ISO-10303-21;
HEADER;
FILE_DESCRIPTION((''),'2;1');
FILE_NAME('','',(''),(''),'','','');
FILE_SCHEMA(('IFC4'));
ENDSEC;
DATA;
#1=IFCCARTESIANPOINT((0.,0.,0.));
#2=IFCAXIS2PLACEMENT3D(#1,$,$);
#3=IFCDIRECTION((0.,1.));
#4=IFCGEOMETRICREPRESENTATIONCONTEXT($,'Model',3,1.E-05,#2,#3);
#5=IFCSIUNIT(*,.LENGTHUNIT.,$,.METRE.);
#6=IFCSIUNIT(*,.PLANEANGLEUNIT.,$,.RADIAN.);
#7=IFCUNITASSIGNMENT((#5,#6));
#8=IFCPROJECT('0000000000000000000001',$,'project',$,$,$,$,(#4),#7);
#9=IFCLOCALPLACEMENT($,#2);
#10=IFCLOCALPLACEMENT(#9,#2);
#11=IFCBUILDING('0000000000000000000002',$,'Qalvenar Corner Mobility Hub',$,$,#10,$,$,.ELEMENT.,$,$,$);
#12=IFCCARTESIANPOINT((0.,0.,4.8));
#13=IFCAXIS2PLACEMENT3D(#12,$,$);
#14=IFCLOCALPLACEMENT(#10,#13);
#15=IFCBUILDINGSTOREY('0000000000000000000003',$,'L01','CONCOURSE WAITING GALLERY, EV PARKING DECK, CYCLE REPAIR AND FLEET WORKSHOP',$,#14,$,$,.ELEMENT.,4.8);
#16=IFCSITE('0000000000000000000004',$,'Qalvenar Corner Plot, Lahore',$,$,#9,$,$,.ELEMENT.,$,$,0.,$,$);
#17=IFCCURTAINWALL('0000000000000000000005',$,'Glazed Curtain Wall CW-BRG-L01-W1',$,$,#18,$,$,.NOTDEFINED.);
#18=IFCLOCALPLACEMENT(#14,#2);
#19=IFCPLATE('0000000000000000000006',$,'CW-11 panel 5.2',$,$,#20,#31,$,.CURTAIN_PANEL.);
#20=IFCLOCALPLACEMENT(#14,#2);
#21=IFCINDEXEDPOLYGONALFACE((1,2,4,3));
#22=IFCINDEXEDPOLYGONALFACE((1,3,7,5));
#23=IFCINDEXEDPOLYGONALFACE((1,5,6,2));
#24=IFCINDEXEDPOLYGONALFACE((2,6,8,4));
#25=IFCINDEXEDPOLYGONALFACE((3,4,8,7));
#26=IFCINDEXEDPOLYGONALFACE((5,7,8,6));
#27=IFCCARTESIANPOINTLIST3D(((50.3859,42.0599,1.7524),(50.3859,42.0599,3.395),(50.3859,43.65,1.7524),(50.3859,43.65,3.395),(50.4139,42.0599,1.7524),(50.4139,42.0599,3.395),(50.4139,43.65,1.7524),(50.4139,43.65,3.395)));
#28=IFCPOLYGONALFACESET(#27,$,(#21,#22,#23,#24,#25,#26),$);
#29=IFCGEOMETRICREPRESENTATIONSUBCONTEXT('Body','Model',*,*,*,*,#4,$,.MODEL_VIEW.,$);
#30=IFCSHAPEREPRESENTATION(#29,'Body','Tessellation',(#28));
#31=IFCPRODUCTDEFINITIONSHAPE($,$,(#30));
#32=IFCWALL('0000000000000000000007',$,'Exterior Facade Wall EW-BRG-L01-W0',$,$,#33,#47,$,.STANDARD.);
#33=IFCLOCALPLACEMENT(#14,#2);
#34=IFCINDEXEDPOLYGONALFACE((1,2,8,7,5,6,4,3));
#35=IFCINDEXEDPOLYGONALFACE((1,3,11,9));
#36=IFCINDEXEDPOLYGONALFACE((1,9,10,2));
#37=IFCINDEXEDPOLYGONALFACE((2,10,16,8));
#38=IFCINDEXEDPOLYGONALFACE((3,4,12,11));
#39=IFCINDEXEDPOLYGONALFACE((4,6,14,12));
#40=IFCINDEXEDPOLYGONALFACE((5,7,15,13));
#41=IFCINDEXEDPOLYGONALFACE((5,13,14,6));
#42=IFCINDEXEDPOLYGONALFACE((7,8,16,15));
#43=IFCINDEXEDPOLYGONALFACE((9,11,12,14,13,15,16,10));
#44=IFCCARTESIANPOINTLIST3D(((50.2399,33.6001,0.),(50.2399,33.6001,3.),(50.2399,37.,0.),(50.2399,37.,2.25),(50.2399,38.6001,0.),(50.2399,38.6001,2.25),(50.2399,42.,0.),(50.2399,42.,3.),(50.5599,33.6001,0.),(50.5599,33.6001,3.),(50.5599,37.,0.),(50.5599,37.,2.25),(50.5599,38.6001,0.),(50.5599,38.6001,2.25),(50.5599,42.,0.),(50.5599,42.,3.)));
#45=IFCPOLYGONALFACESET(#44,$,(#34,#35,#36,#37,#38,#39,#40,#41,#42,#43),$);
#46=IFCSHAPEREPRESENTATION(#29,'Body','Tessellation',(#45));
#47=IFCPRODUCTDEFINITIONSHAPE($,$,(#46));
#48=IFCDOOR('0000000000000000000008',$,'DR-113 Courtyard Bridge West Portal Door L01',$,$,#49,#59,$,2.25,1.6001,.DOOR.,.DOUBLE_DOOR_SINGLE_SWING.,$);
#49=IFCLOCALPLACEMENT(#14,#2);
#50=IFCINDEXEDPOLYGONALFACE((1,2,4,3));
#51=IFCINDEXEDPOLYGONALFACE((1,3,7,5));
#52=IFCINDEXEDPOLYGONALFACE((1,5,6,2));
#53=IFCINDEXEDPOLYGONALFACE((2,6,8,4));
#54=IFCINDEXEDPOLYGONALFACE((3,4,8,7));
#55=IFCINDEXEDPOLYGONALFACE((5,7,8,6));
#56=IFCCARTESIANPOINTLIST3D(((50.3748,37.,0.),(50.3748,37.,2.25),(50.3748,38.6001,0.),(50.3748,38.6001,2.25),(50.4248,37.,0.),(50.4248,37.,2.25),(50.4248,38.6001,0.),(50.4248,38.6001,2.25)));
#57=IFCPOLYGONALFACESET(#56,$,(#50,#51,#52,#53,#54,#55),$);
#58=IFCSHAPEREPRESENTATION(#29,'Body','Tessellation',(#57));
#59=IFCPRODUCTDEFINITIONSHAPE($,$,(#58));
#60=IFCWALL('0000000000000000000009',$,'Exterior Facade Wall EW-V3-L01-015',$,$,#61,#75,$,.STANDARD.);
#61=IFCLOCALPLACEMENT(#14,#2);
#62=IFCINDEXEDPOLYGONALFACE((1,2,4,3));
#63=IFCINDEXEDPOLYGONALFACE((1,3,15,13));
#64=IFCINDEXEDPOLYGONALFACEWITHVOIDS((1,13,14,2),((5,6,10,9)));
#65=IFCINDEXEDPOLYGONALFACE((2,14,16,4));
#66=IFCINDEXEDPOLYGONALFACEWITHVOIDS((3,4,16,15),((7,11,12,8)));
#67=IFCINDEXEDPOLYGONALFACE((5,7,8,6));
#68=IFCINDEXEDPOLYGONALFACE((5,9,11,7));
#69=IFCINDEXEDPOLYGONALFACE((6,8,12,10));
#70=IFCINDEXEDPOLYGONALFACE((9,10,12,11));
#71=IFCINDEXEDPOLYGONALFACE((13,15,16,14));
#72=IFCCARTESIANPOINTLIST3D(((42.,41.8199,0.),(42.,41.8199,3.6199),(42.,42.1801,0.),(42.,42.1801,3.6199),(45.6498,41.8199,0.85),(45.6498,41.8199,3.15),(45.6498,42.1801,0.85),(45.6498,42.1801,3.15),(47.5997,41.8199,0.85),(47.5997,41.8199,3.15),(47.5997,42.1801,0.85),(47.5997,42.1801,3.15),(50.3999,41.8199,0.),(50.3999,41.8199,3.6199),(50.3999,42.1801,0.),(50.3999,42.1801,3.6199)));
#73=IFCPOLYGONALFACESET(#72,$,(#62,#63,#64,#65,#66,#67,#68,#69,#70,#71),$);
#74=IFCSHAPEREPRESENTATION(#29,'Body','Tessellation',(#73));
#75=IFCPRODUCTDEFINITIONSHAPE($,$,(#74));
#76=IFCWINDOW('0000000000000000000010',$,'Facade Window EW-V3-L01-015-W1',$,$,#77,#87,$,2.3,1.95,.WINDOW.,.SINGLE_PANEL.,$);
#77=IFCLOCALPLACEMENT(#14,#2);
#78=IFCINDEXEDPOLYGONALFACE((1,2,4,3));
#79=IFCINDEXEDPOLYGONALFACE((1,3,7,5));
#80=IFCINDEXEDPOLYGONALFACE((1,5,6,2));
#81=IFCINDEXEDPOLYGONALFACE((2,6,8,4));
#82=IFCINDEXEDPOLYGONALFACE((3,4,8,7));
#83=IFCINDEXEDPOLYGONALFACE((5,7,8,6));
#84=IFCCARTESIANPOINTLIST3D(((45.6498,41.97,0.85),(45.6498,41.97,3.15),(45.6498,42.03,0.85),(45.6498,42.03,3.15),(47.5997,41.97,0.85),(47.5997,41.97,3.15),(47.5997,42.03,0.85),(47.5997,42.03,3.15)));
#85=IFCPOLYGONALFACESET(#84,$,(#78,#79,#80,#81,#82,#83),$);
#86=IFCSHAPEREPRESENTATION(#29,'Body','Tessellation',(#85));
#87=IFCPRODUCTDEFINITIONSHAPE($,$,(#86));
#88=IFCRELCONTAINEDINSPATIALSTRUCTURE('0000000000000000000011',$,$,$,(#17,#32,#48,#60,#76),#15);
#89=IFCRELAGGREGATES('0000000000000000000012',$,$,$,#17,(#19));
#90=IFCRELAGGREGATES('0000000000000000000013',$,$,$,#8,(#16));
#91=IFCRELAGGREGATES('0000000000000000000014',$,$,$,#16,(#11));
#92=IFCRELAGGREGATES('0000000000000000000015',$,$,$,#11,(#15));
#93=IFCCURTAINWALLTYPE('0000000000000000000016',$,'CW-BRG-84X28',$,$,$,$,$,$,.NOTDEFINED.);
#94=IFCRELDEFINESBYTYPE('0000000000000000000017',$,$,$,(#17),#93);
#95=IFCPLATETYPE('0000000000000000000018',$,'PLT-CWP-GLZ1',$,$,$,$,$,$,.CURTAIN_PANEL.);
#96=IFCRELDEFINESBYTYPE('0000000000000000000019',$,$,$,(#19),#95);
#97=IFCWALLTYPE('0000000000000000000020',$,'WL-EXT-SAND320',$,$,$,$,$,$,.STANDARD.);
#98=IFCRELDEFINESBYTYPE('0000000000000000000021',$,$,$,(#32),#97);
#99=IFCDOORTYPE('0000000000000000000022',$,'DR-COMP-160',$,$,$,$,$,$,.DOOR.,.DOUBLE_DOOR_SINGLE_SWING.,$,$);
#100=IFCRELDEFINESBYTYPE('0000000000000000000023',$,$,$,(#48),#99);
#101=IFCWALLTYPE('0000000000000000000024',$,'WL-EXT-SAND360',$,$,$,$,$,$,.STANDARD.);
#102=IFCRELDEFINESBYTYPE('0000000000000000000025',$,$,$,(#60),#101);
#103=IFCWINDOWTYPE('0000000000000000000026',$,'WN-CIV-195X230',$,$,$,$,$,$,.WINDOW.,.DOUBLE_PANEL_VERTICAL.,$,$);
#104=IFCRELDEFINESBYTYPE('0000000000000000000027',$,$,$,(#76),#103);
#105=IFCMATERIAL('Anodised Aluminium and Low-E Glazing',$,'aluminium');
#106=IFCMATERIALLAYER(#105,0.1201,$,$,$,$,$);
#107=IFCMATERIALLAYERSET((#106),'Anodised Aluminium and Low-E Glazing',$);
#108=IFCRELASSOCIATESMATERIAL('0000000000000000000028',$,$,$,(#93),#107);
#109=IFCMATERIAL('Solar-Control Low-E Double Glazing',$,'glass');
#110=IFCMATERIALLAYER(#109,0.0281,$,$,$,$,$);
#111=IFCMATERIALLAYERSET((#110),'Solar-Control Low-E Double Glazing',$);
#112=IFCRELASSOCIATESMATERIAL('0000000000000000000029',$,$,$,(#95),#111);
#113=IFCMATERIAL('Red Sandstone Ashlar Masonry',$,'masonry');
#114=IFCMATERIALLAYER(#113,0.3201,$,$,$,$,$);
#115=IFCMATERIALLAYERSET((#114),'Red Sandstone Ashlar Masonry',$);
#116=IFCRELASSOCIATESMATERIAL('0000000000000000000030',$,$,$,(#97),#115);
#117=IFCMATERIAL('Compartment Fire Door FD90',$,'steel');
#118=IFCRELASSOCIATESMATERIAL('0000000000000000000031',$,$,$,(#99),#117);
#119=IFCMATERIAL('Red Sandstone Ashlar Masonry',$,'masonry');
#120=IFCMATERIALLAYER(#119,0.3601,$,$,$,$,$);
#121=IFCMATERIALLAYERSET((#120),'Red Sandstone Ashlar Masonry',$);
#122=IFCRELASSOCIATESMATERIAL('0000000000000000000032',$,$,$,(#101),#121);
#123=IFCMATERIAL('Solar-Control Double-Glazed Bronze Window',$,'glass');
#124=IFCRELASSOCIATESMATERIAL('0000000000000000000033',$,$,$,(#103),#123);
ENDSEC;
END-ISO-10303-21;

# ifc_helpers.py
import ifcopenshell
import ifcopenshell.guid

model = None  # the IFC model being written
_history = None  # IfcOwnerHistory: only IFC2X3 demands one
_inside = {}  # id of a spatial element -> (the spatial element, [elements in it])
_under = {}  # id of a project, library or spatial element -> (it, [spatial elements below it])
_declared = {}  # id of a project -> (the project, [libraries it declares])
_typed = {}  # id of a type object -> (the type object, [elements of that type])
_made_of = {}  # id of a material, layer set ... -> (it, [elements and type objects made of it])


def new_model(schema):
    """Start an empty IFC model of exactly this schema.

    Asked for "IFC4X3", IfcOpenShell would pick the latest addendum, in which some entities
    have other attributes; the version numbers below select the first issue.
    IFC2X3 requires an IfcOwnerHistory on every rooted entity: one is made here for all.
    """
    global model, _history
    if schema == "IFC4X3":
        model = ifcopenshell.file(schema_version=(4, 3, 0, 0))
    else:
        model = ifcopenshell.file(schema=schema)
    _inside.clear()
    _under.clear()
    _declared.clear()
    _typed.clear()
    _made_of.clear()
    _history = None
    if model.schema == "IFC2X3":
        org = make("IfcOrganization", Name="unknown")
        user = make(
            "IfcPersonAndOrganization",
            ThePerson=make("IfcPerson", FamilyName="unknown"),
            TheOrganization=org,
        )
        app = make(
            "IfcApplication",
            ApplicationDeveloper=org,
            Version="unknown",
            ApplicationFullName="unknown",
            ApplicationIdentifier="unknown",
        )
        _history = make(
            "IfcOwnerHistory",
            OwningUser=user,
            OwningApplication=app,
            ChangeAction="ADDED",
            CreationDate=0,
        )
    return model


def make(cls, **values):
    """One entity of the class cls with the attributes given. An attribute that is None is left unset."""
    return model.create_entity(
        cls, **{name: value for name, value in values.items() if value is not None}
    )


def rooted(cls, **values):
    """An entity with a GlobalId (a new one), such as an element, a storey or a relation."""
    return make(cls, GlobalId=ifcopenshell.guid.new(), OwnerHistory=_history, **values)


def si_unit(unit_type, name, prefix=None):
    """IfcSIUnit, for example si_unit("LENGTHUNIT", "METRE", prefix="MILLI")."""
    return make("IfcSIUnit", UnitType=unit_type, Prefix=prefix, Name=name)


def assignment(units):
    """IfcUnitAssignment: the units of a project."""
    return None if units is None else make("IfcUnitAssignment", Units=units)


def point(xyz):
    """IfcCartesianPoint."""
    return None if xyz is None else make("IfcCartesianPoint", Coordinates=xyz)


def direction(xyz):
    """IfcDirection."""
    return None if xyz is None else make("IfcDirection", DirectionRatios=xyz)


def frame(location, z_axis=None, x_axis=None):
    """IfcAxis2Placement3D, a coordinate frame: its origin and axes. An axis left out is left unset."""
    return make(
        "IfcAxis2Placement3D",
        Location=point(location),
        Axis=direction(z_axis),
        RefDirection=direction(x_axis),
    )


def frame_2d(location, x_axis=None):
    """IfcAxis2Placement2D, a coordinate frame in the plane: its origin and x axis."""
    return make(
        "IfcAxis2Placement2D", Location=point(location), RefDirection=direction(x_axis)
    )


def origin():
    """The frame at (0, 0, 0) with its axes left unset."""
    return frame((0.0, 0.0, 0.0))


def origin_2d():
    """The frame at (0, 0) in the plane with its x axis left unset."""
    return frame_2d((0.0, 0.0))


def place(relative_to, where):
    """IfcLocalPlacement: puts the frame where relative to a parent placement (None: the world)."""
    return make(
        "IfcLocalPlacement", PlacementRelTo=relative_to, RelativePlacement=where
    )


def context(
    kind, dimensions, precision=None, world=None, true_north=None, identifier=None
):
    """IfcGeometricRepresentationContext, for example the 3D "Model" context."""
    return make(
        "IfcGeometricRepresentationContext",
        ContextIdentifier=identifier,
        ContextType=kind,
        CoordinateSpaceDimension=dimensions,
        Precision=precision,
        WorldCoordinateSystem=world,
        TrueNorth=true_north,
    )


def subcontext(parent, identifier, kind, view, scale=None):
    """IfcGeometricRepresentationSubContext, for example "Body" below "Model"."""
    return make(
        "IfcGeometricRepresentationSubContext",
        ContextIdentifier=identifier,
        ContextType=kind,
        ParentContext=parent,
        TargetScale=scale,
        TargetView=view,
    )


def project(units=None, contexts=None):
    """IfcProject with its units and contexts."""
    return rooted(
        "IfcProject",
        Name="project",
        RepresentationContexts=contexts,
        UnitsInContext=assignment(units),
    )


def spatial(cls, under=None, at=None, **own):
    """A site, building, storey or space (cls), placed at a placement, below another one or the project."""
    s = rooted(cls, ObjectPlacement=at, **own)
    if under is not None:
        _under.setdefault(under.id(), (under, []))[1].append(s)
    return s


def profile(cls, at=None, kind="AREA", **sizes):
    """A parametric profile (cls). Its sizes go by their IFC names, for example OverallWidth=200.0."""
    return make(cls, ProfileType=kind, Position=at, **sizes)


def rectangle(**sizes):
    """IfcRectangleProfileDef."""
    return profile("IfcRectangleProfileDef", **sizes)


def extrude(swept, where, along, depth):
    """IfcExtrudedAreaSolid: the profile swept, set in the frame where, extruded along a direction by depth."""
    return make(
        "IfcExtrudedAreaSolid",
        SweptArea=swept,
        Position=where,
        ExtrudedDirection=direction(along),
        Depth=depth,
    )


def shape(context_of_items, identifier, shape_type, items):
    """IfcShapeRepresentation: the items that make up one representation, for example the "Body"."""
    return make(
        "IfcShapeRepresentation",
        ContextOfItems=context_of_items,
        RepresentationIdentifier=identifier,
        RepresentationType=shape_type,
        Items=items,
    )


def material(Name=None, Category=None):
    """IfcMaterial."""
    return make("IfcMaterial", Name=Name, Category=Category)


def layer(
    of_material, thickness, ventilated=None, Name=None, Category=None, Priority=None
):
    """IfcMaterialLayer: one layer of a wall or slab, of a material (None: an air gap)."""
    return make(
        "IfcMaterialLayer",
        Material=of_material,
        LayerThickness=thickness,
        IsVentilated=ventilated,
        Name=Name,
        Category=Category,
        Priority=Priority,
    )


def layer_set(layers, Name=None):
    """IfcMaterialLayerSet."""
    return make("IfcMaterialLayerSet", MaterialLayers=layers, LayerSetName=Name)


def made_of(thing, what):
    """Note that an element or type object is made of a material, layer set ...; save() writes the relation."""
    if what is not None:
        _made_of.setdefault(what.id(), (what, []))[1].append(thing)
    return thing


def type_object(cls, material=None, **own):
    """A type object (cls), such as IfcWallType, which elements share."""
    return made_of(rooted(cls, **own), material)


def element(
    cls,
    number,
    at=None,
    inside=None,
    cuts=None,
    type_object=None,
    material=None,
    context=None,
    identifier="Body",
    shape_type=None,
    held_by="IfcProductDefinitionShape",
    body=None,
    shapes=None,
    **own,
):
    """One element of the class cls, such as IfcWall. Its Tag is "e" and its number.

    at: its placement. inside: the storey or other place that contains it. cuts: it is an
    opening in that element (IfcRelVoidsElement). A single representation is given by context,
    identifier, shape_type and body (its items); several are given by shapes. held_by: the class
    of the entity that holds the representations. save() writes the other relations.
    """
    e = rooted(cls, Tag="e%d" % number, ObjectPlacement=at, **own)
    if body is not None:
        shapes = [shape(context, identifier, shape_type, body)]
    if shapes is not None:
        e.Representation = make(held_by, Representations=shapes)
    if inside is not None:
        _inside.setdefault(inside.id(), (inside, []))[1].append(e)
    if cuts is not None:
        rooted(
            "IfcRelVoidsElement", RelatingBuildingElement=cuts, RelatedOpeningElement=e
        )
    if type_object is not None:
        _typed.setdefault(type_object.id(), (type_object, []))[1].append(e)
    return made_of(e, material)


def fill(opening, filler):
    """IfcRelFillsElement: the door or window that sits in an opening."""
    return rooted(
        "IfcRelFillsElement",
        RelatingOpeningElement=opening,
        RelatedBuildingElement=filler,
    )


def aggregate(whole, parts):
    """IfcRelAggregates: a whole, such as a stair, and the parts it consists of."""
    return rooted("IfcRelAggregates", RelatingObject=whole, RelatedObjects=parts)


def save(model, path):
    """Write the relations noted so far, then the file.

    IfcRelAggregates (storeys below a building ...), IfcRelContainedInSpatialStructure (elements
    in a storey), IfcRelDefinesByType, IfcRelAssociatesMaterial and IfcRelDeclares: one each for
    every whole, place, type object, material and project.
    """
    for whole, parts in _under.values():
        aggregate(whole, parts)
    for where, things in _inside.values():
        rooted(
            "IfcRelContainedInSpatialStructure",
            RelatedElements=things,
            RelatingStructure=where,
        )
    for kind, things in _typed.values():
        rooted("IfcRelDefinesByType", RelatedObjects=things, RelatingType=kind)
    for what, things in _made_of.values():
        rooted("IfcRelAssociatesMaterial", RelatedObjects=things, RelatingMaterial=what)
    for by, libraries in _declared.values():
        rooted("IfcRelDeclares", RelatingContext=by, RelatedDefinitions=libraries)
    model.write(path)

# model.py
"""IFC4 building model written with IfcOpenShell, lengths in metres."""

from ifc_helpers import new_model, si_unit, direction, frame, frame_2d, origin, origin_2d, place, context, subcontext, project, spatial, rectangle, extrude, material, layer, layer_set, type_object, element, fill, aggregate, save


model = new_model("IFC4")

# Units and contexts
model_context = context("Model", 3, precision=1e-05, world=origin(), true_north=direction((0.0, 1.0)))
body_context = subcontext(model_context, "Body", "Model", "MODEL_VIEW")
ifc_project = project(units=[si_unit("LENGTHUNIT", "METRE"), si_unit("PLANEANGLEUNIT", "RADIAN")], contexts=[model_context])

# Site, building, storey
site_placement = place(None, origin())
site = spatial("IfcSite", under=ifc_project, at=site_placement, Name="Qalvenar Corner Plot, Lahore", CompositionType="ELEMENT", RefElevation=0.0)
building_placement = place(site_placement, origin())
building = spatial("IfcBuilding", under=site, at=building_placement, Name="Qalvenar Corner Mobility Hub", CompositionType="ELEMENT")
storey_placement = place(building_placement, frame((0.0, 0.0, 4.8)))
storey = spatial("IfcBuildingStorey", under=building, at=storey_placement, Name="L01", Description="CONCOURSE WAITING GALLERY, EV PARKING DECK, CYCLE REPAIR AND FLEET WORKSHOP", CompositionType="ELEMENT", Elevation=4.8)

# Curtain wall
ifc_material_1 = material(Name="Anodised Aluminium and Low-E Glazing", Category="aluminium")
ifc_layer_1 = layer(ifc_material_1, 0.1201)
ifc_layer_set_1 = layer_set([ifc_layer_1], Name="Anodised Aluminium and Low-E Glazing")
curtain_wall_type_1 = type_object("IfcCurtainWallType", Name="CW-BRG-84X28", PredefinedType="NOTDEFINED", material=ifc_layer_set_1)
curtain_wall_1_placement = place(storey_placement, origin())
curtain_wall_1 = element("IfcCurtainWall", 1, at=curtain_wall_1_placement, inside=storey, type_object=curtain_wall_type_1, Name="Glazed Curtain Wall CW-BRG-L01-W1", PredefinedType="NOTDEFINED")

# Plate
ifc_material_2 = material(Name="Solar-Control Low-E Double Glazing", Category="glass")
ifc_layer_2 = layer(ifc_material_2, 0.0281)
ifc_layer_set_2 = layer_set([ifc_layer_2], Name="Solar-Control Low-E Double Glazing")
plate_type = type_object("IfcPlateType", Name="PLT-CWP-GLZ1", PredefinedType="CURTAIN_PANEL", material=ifc_layer_set_2)
plate_1_placement = place(storey_placement, frame((50.3999, 42.855, 1.7524), z_axis=(0.0, 0.0, 1.0), x_axis=(0.0, -1.0, 0.0)))
plate_1 = element("IfcPlate", 2, at=plate_1_placement, type_object=plate_type, Name="CW-11 panel 5.2", PredefinedType="CURTAIN_PANEL", context=body_context, shape_type="SweptSolid", body=[
    extrude(rectangle(XDim=1.5901, YDim=0.0281, at=origin_2d()), origin(), (0.0, 0.0, 1.0), 1.6426),
])
aggregate(curtain_wall_1, [plate_1])

# Wall, opening, door
ifc_material_3 = material(Name="Red Sandstone Ashlar Masonry", Category="masonry")
ifc_layer_3 = layer(ifc_material_3, 0.3201)
ifc_layer_set_3 = layer_set([ifc_layer_3], Name="Red Sandstone Ashlar Masonry")
wall_type_1 = type_object("IfcWallType", Name="WL-EXT-SAND320", PredefinedType="STANDARD", material=ifc_layer_set_3)
wall_1_placement = place(storey_placement, frame((50.3999, 42.0, 0.0), z_axis=(0.0, 0.0, 1.0), x_axis=(0.0, -1.0, 0.0)))
wall_1 = element("IfcWall", 3, at=wall_1_placement, inside=storey, type_object=wall_type_1, Name="Exterior Facade Wall EW-BRG-L01-W0", PredefinedType="STANDARD", context=body_context, shape_type="SweptSolid", body=[
    extrude(rectangle(XDim=8.3999, YDim=0.3201, at=frame_2d((4.2, 0.0))), origin(), (0.0, 0.0, 1.0), 3.0),
])
opening_1_placement = place(wall_1_placement, frame((3.3999, 0.0, 0.0)))
opening_1 = element("IfcOpeningElement", 4, at=opening_1_placement, cuts=wall_1, PredefinedType="OPENING", context=body_context, shape_type="SweptSolid", body=[
    extrude(rectangle(XDim=1.6001, YDim=2.25, at=frame_2d((0.8, 1.125))), frame((0.0, 0.1699, 0.0), z_axis=(0.0, -1.0, 0.0), x_axis=(1.0, 0.0, 0.0)), (0.0, 0.0, 1.0), 0.3401),
])
ifc_material_4 = material(Name="Compartment Fire Door FD90", Category="steel")
door_type = type_object("IfcDoorType", Name="DR-COMP-160", OperationType="DOUBLE_DOOR_SINGLE_SWING", PredefinedType="DOOR", material=ifc_material_4)
door_placement = place(opening_1_placement, origin())
door = element("IfcDoor", 5, at=door_placement, inside=storey, type_object=door_type, Name="DR-113 Courtyard Bridge West Portal Door L01", OperationType="DOUBLE_DOOR_SINGLE_SWING", OverallHeight=2.25, OverallWidth=1.6001, PredefinedType="DOOR", context=body_context, shape_type="SweptSolid", body=[
    extrude(rectangle(XDim=1.6001, YDim=2.25, at=frame_2d((0.8, 1.125))), frame((0.0, 0.0249, 0.0), z_axis=(0.0, -1.0, 0.0), x_axis=(1.0, 0.0, 0.0)), (0.0, 0.0, 1.0), 0.05),
])
fill(opening_1, door)

# Wall, opening, window
ifc_material_5 = material(Name="Red Sandstone Ashlar Masonry", Category="masonry")
ifc_layer_4 = layer(ifc_material_5, 0.3601)
ifc_layer_set_4 = layer_set([ifc_layer_4], Name="Red Sandstone Ashlar Masonry")
wall_type_2 = type_object("IfcWallType", Name="WL-EXT-SAND360", PredefinedType="STANDARD", material=ifc_layer_set_4)
wall_2_placement = place(storey_placement, frame((50.3999, 42.0, 0.0), z_axis=(0.0, 0.0, 1.0), x_axis=(-1.0, 0.0, 0.0)))
wall_2 = element("IfcWall", 6, at=wall_2_placement, inside=storey, type_object=wall_type_2, Name="Exterior Facade Wall EW-V3-L01-015", PredefinedType="STANDARD", context=body_context, shape_type="SweptSolid", body=[
    extrude(rectangle(XDim=8.3999, YDim=0.3601, at=frame_2d((4.2, 0.0))), origin(), (0.0, 0.0, 1.0), 3.6199),
])
opening_2_placement = place(wall_2_placement, frame((2.8, 0.0, 0.8501)))
opening_2 = element("IfcOpeningElement", 7, at=opening_2_placement, cuts=wall_2, PredefinedType="OPENING", context=body_context, shape_type="SweptSolid", body=[
    extrude(rectangle(XDim=1.95, YDim=2.3, at=frame_2d((0.9751, 1.1499))), frame((0.0, 0.1899, 0.0), z_axis=(0.0, -1.0, 0.0), x_axis=(1.0, 0.0, 0.0)), (0.0, 0.0, 1.0), 0.3801),
])
ifc_material_6 = material(Name="Solar-Control Double-Glazed Bronze Window", Category="glass")
window_type = type_object("IfcWindowType", Name="WN-CIV-195X230", PartitioningType="DOUBLE_PANEL_VERTICAL", PredefinedType="WINDOW", material=ifc_material_6)
window_placement = place(opening_2_placement, origin())
window = element("IfcWindow", 8, at=window_placement, inside=storey, type_object=window_type, Name="Facade Window EW-V3-L01-015-W1", OverallHeight=2.3, OverallWidth=1.95, PartitioningType="SINGLE_PANEL", PredefinedType="WINDOW", context=body_context, shape_type="SweptSolid", body=[
    extrude(rectangle(XDim=1.95, YDim=2.3, at=frame_2d((0.9751, 1.1499))), frame((0.0, 0.03, 0.0), z_axis=(0.0, -1.0, 0.0), x_axis=(1.0, 0.0, 0.0)), (0.0, 0.0, 1.0), 0.0601),
])
fill(opening_2, window)

save(model, "model.ifc")
